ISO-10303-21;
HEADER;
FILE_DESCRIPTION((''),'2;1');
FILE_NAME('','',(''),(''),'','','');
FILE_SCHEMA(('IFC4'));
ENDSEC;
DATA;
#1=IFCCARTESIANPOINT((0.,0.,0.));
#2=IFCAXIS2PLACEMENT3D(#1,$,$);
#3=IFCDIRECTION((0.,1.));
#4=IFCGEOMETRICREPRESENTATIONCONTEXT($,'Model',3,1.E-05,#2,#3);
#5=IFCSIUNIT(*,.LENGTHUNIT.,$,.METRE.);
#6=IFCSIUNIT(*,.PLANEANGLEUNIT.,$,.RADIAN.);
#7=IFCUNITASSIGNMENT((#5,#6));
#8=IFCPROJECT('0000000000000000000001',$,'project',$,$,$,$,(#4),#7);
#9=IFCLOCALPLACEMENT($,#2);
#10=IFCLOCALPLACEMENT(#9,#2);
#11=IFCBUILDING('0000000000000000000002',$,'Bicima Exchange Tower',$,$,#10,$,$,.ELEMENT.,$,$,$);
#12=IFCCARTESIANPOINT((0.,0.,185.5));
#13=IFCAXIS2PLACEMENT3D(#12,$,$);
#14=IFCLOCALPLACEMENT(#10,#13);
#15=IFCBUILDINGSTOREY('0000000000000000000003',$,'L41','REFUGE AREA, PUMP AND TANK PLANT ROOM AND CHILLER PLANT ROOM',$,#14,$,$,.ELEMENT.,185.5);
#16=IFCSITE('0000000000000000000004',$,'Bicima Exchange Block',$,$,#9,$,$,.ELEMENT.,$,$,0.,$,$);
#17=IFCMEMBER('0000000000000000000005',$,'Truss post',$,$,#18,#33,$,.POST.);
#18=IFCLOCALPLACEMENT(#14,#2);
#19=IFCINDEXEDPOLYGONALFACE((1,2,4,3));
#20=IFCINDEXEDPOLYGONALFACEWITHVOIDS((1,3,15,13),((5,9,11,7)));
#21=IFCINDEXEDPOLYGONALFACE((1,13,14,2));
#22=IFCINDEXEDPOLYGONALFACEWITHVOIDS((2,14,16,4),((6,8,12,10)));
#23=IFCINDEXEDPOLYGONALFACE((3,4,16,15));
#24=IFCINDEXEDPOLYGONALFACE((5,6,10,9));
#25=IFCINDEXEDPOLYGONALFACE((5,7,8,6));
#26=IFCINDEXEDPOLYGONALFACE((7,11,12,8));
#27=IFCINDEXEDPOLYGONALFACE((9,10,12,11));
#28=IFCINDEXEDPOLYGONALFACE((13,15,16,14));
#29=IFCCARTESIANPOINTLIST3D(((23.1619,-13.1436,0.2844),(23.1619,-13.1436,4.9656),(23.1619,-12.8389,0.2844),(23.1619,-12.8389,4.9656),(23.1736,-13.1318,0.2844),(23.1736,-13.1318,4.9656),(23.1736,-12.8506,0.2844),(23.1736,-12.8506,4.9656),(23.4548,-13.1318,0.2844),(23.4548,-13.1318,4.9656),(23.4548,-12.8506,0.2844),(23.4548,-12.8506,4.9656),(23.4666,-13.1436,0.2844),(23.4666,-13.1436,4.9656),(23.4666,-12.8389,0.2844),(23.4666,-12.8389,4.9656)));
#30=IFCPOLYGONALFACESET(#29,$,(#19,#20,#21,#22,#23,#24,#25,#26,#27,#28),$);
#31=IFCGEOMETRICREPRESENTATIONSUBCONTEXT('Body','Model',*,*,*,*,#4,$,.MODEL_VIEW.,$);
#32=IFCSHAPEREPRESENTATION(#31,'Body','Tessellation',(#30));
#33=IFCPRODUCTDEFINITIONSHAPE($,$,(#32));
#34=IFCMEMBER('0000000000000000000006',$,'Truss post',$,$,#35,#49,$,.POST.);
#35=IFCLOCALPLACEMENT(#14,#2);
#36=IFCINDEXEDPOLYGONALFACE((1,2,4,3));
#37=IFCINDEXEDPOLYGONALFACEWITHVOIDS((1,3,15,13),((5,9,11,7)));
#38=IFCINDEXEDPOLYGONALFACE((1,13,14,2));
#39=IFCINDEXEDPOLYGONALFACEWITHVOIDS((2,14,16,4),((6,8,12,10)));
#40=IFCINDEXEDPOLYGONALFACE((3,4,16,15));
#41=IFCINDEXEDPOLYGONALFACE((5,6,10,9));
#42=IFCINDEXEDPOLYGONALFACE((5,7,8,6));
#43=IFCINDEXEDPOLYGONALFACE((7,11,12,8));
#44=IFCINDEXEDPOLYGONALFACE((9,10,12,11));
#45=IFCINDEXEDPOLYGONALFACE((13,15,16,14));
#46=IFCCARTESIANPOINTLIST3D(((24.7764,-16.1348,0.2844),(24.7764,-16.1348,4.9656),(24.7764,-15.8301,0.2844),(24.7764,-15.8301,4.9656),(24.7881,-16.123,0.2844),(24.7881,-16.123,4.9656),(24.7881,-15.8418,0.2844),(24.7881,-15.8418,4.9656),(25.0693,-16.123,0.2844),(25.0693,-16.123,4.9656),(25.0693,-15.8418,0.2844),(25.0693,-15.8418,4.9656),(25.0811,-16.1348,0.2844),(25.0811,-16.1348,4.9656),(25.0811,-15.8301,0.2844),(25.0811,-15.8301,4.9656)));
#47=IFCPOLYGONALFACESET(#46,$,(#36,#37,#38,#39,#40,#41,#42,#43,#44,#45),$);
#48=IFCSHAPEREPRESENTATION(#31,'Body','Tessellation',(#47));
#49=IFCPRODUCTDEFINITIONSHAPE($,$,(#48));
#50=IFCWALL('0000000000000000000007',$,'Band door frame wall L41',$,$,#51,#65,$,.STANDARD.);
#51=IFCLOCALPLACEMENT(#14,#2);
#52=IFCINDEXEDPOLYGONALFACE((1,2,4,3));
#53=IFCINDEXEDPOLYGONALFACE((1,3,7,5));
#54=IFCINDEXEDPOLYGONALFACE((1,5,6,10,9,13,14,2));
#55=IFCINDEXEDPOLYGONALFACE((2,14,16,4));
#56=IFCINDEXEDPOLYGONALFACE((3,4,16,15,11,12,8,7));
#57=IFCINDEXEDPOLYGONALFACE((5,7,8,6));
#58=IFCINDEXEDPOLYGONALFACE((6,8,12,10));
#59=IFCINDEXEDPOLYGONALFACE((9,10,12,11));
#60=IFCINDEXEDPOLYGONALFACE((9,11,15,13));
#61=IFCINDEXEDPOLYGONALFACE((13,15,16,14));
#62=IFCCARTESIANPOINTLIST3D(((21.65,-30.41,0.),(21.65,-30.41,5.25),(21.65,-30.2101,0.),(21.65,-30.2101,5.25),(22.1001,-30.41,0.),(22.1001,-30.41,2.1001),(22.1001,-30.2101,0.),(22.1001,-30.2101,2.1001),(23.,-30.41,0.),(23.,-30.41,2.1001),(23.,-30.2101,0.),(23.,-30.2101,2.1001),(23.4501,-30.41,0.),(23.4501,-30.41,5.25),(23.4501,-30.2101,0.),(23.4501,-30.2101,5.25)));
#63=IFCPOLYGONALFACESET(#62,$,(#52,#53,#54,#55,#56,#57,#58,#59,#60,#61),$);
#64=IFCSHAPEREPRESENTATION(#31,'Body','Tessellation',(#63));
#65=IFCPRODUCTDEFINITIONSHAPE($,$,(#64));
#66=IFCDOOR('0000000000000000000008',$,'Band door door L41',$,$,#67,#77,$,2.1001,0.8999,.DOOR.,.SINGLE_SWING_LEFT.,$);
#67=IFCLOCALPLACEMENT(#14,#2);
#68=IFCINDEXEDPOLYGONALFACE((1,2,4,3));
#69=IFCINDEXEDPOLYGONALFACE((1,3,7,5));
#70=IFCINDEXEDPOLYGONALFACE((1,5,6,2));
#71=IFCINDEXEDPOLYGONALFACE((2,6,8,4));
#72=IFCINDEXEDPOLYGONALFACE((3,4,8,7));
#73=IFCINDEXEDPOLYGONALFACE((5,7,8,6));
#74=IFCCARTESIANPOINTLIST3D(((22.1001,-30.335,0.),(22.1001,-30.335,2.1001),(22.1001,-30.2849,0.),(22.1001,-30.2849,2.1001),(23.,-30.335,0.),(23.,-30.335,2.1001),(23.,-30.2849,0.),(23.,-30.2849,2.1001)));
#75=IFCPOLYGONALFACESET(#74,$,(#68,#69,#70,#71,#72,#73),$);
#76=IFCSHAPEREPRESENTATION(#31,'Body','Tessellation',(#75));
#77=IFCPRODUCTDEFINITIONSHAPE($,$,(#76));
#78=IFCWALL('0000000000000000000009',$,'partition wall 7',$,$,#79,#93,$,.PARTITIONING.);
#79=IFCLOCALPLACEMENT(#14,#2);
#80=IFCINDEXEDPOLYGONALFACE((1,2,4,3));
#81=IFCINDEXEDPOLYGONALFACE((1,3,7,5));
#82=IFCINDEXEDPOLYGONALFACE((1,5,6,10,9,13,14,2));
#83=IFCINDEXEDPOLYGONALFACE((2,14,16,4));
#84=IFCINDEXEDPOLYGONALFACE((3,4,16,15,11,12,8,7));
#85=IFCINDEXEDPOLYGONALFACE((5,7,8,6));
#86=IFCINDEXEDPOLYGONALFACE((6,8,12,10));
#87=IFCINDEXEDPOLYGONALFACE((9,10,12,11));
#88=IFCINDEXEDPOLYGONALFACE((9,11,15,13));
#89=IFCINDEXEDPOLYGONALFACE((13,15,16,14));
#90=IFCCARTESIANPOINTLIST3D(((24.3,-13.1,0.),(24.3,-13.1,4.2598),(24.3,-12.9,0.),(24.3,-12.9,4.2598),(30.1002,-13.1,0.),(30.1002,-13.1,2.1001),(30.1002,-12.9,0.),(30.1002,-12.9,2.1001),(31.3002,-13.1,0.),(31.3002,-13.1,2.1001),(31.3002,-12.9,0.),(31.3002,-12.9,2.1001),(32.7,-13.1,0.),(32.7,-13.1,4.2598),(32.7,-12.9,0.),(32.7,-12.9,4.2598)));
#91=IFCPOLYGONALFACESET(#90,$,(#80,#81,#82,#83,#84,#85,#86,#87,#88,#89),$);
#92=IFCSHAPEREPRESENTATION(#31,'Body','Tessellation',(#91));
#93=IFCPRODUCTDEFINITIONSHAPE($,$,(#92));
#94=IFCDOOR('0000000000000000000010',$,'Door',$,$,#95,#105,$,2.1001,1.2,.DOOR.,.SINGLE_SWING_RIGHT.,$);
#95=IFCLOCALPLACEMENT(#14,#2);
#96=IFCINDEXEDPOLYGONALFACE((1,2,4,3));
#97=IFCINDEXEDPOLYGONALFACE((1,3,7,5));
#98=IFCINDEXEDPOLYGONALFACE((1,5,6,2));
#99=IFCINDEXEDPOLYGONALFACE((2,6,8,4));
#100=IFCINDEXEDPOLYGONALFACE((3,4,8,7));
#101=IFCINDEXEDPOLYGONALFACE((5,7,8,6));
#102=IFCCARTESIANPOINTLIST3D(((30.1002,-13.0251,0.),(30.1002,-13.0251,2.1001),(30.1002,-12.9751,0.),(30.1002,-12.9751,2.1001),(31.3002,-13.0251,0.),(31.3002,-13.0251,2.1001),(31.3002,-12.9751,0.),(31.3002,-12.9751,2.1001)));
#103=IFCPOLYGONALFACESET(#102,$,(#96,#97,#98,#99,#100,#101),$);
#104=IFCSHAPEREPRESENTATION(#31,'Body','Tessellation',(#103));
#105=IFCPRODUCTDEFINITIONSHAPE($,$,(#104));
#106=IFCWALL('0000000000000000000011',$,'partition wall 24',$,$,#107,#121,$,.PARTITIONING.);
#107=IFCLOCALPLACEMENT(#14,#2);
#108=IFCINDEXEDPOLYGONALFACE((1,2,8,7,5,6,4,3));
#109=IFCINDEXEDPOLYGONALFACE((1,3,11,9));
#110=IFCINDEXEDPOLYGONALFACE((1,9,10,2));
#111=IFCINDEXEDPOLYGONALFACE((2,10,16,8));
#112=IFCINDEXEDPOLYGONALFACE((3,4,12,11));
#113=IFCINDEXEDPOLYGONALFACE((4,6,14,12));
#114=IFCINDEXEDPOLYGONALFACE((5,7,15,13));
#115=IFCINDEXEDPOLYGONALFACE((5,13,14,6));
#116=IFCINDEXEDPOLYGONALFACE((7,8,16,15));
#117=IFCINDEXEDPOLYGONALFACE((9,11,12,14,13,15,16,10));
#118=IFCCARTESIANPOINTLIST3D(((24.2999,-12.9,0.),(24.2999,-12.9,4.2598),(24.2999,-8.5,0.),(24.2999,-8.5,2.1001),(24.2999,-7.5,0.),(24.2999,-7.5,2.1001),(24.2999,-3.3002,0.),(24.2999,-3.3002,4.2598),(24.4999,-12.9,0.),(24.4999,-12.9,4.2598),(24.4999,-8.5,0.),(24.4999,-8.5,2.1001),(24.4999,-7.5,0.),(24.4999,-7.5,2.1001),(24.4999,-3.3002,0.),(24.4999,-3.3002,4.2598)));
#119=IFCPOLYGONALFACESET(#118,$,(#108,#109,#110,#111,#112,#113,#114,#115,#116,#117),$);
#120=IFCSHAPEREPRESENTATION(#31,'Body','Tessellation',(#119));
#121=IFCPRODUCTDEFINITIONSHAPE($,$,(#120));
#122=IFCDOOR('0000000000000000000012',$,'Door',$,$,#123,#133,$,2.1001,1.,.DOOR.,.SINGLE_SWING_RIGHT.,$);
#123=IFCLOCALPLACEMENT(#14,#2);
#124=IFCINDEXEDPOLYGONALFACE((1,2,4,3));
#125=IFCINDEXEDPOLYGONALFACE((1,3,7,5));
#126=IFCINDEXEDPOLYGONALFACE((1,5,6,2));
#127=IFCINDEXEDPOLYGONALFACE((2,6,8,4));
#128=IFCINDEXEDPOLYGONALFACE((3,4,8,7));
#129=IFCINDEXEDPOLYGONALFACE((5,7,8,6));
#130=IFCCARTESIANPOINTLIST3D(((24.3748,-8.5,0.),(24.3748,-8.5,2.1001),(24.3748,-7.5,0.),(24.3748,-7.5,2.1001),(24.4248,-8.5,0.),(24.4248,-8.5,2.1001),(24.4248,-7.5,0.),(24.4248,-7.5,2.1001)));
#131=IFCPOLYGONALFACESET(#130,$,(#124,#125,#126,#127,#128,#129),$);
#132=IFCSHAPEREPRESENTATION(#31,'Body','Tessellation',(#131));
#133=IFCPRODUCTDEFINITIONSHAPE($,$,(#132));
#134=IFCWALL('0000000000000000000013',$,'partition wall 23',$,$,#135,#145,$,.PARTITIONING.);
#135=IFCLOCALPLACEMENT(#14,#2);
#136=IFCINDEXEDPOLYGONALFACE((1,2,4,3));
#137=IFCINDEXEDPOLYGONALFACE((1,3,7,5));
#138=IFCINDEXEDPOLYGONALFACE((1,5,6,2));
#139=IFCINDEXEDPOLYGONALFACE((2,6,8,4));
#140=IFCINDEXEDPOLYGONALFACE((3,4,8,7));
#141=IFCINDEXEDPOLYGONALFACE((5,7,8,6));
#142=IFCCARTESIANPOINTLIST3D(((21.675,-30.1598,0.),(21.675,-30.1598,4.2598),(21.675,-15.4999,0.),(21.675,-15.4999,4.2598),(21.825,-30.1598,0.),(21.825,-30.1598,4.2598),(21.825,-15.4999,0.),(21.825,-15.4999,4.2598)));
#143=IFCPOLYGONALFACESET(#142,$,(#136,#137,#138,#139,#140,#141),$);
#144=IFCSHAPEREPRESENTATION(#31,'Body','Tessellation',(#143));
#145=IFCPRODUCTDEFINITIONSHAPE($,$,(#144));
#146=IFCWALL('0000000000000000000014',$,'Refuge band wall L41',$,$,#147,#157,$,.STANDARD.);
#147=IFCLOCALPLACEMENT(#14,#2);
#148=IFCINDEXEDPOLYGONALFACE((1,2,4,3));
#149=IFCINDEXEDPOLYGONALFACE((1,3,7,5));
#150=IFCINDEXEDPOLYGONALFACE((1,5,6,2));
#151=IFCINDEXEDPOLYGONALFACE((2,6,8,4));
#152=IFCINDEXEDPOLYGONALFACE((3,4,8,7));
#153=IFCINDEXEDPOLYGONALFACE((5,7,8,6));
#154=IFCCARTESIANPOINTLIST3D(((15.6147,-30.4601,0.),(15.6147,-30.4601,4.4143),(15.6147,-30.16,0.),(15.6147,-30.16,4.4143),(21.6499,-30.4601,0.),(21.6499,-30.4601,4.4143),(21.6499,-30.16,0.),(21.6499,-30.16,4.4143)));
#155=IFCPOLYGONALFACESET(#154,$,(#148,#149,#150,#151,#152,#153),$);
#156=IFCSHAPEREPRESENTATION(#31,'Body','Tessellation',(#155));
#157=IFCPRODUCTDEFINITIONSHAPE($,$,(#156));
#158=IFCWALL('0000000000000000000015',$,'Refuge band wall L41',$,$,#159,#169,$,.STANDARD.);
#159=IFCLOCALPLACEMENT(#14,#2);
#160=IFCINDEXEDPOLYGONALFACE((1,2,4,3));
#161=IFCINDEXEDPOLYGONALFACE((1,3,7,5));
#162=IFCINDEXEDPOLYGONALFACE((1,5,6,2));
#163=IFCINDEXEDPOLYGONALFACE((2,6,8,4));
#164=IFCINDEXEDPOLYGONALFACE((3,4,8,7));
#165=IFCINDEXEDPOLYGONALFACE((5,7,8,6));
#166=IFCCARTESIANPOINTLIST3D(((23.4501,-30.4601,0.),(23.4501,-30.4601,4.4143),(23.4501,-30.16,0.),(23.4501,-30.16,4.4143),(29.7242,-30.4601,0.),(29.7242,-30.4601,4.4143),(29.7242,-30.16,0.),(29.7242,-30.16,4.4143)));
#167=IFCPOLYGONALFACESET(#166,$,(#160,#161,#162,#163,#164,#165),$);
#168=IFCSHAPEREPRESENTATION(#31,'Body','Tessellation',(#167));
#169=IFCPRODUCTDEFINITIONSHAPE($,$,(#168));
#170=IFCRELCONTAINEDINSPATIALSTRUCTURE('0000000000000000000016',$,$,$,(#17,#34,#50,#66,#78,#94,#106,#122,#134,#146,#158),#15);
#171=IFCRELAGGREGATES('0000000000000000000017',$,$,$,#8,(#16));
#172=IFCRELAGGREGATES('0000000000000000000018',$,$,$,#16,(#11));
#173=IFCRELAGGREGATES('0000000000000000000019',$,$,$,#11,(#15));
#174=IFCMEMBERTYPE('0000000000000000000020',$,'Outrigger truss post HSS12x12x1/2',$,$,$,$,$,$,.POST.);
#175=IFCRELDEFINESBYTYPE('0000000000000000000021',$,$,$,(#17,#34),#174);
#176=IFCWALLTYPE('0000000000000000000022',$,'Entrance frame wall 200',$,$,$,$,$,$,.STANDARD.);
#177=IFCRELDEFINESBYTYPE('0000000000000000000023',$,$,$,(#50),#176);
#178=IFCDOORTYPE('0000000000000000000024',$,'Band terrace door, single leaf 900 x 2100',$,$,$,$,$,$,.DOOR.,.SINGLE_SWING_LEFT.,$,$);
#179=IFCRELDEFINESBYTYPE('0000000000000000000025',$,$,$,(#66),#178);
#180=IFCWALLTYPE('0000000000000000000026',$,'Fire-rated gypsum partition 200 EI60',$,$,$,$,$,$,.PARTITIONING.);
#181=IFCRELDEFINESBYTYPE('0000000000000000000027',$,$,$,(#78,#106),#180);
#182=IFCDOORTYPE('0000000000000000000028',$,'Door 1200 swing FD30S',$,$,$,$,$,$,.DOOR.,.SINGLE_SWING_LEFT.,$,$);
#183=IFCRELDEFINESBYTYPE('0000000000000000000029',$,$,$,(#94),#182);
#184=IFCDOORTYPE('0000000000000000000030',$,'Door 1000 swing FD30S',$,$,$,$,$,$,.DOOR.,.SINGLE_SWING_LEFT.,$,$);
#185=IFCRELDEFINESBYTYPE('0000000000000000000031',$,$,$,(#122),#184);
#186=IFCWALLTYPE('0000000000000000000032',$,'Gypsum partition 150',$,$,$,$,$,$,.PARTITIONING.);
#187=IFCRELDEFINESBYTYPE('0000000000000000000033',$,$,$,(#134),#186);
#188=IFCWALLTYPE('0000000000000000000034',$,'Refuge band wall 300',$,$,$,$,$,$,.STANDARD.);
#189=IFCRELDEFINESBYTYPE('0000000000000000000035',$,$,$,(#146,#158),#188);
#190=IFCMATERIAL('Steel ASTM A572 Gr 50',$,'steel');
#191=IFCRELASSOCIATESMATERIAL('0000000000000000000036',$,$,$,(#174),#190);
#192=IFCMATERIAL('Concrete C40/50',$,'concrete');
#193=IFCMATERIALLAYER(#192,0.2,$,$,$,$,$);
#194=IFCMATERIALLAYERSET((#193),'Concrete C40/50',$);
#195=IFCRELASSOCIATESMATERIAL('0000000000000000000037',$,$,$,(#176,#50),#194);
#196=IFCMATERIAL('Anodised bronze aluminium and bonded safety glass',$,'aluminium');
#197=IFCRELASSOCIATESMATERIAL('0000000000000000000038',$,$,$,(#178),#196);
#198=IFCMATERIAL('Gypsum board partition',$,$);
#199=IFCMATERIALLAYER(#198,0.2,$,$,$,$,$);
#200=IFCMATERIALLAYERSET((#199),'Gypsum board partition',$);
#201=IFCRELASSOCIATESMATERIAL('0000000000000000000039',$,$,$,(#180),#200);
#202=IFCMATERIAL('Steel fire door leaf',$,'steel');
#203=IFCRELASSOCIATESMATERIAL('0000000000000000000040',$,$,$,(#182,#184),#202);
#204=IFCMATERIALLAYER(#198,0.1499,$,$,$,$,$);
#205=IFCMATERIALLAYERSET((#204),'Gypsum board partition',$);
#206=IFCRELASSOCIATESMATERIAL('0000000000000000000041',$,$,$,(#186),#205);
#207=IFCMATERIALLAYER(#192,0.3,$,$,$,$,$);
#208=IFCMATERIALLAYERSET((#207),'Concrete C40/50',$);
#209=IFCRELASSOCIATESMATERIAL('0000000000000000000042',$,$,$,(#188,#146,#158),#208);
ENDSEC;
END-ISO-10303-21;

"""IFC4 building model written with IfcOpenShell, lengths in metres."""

from ifc_helpers import new_model, si_unit, direction, frame, frame_2d, origin, origin_2d, place, context, subcontext, project, spatial, rectangle, hollow_rectangle, extrude, material, layer, layer_set, layer_usage, material_profile, profile_set, type_object, element, fill, save


model = new_model("IFC4")

# Units and contexts
model_context = context("Model", 3, precision=1e-05, world=origin(), true_north=direction((0.0, 1.0)))
body_context = subcontext(model_context, "Body", "Model", "MODEL_VIEW")
ifc_project = project(units=[si_unit("LENGTHUNIT", "METRE"), si_unit("PLANEANGLEUNIT", "RADIAN")], contexts=[model_context])

# Site, building, storey
site_placement = place(None, origin())
site = spatial("IfcSite", under=ifc_project, at=site_placement, Name="Bicima Exchange Block", CompositionType="ELEMENT", RefElevation=0.0)
building_placement = place(site_placement, origin())
building = spatial("IfcBuilding", under=site, at=building_placement, Name="Bicima Exchange Tower", CompositionType="ELEMENT")
storey_placement = place(building_placement, frame((0.0, 0.0, 185.5)))
storey = spatial("IfcBuildingStorey", under=building, at=storey_placement, Name="L41", Description="REFUGE AREA, PUMP AND TANK PLANT ROOM AND CHILLER PLANT ROOM", CompositionType="ELEMENT", Elevation=185.5)

# Members
ifc_material_1 = material(Name="Steel ASTM A572 Gr 50", Category="steel")
ifc_material_profile_1 = material_profile(ifc_material_1, hollow_rectangle(XDim=0.3047, YDim=0.3047, WallThickness=0.0117, at=origin_2d()))
ifc_profile_set_1 = profile_set([ifc_material_profile_1], Name="Steel ASTM A572 Gr 50")
member_type_1 = type_object("IfcMemberType", Name="Outrigger truss post HSS12x12x1/2", PredefinedType="POST", material=ifc_profile_set_1)
for number, where, z_axis, x_axis, name in (
    (1, (23.3142, -12.9912, 0.2844), (0.0, 0.0, 1.0), (1.0, 0.0, 0.0), "Truss post"),
    (2, (24.9287, -15.9824, 0.2844), (0.0, 0.0, 1.0), (1.0, 0.0, 0.0), "Truss post"),
):
    element("IfcMember", number, at=place(storey_placement, frame(where, z_axis=z_axis, x_axis=x_axis)), inside=storey, type_object=member_type_1, Name=name, PredefinedType="POST", context=body_context, shape_type="SweptSolid", body=[
        extrude(hollow_rectangle(XDim=0.3047, YDim=0.3047, WallThickness=0.0117, at=origin_2d()), origin(), (0.0, 0.0, 1.0), 4.6812),
    ])

# Walls, openings, doors
ifc_material_2 = material(Name="Concrete C40/50", Category="concrete")
ifc_layer_1 = layer(ifc_material_2, 0.2)
ifc_layer_set_1 = layer_set([ifc_layer_1], Name="Concrete C40/50")
ifc_layer_usage_1 = layer_usage(ifc_layer_set_1, "AXIS2", "POSITIVE", -0.1)
wall_type_1 = type_object("IfcWallType", Name="Entrance frame wall 200", PredefinedType="STANDARD", material=ifc_layer_set_1)
wall_1_placement = place(storey_placement, frame((23.45, -30.3101, 0.0), z_axis=(0.0, 0.0, 1.0), x_axis=(-1.0, 0.0, 0.0)))
wall_1 = element("IfcWall", 3, at=wall_1_placement, inside=storey, type_object=wall_type_1, material=ifc_layer_usage_1, Name="Band door frame wall L41", PredefinedType="STANDARD", context=body_context, shape_type="SweptSolid", body=[
    extrude(rectangle(XDim=1.8, YDim=0.2, at=frame_2d((0.8999, 0.0))), origin(), (0.0, 0.0, 1.0), 5.25),
])
opening_1_placement = place(wall_1_placement, frame((0.45, 0.0, 0.0)))
opening_1 = element("IfcOpeningElement", 4, at=opening_1_placement, cuts=wall_1, PredefinedType="OPENING", context=body_context, shape_type="SweptSolid", body=[
    extrude(rectangle(XDim=0.8999, YDim=2.1001, at=frame_2d((0.45, 1.05))), frame((0.0, 0.1118, 0.0), z_axis=(0.0, -1.0, 0.0), x_axis=(1.0, 0.0, 0.0)), (0.0, 0.0, 1.0), 0.2239),
])
ifc_material_3 = material(Name="Anodised bronze aluminium and bonded safety glass", Category="aluminium")
door_type_1 = type_object("IfcDoorType", Name="Band terrace door, single leaf 900 x 2100", OperationType="SINGLE_SWING_LEFT", PredefinedType="DOOR", material=ifc_material_3)
door_1_placement = place(opening_1_placement, origin())
door_1 = element("IfcDoor", 5, at=door_1_placement, inside=storey, type_object=door_type_1, Name="Band door door L41", OperationType="SINGLE_SWING_LEFT", OverallHeight=2.1001, OverallWidth=0.8999, PredefinedType="DOOR", context=body_context, shape_type="SweptSolid", body=[
    extrude(rectangle(XDim=0.8999, YDim=2.1001, at=frame_2d((0.45, 1.05))), frame((0.0, 0.0249, 0.0), z_axis=(0.0, -1.0, 0.0), x_axis=(1.0, 0.0, 0.0)), (0.0, 0.0, 1.0), 0.05),
])
fill(opening_1, door_1)
ifc_material_4 = material(Name="Gypsum board partition")
ifc_layer_2 = layer(ifc_material_4, 0.2)
ifc_layer_set_2 = layer_set([ifc_layer_2], Name="Gypsum board partition")
wall_type_2 = type_object("IfcWallType", Name="Fire-rated gypsum partition 200 EI60", PredefinedType="PARTITIONING", material=ifc_layer_set_2)
wall_2_placement = place(storey_placement, frame((24.3, -13.0, 0.0), z_axis=(0.0, 0.0, 1.0), x_axis=(1.0, 0.0, 0.0)))
wall_2 = element("IfcWall", 6, at=wall_2_placement, inside=storey, type_object=wall_type_2, Name="partition wall 7", PredefinedType="PARTITIONING", context=body_context, shape_type="SweptSolid", body=[
    extrude(rectangle(XDim=8.3999, YDim=0.2, at=frame_2d((4.2, 0.0))), origin(), (0.0, 0.0, 1.0), 4.2598),
])
opening_2_placement = place(wall_2_placement, frame((5.8, 0.0, 0.0)))
opening_2 = element("IfcOpeningElement", 7, at=opening_2_placement, cuts=wall_2, PredefinedType="OPENING", context=body_context, shape_type="SweptSolid", body=[
    extrude(rectangle(XDim=1.2, YDim=2.1001, at=frame_2d((0.6001, 1.05))), frame((0.0, 0.1118, 0.0), z_axis=(0.0, -1.0, 0.0), x_axis=(1.0, 0.0, 0.0)), (0.0, 0.0, 1.0), 0.2239),
])
ifc_material_5 = material(Name="Steel fire door leaf", Category="steel")
door_type_2 = type_object("IfcDoorType", Name="Door 1200 swing FD30S", OperationType="SINGLE_SWING_LEFT", PredefinedType="DOOR", material=ifc_material_5)
door_2_placement = place(opening_2_placement, origin())
door_2 = element("IfcDoor", 8, at=door_2_placement, inside=storey, type_object=door_type_2, Name="Door", OperationType="SINGLE_SWING_RIGHT", OverallHeight=2.1001, OverallWidth=1.2, PredefinedType="DOOR", context=body_context, shape_type="SweptSolid", body=[
    extrude(rectangle(XDim=1.2, YDim=2.1001, at=frame_2d((0.6001, 1.05))), frame((0.0, 0.0249, 0.0), z_axis=(0.0, -1.0, 0.0), x_axis=(1.0, 0.0, 0.0)), (0.0, 0.0, 1.0), 0.05),
])
fill(opening_2, door_2)
wall_3_placement = place(storey_placement, frame((24.3999, -12.8999, 0.0), z_axis=(0.0, 0.0, 1.0), x_axis=(0.0, 1.0, 0.0)))
wall_3 = element("IfcWall", 9, at=wall_3_placement, inside=storey, type_object=wall_type_2, Name="partition wall 24", PredefinedType="PARTITIONING", context=body_context, shape_type="SweptSolid", body=[
    extrude(rectangle(XDim=9.5999, YDim=0.2, at=frame_2d((4.7998, 0.0))), origin(), (0.0, 0.0, 1.0), 4.2598),
])
opening_3_placement = place(wall_3_placement, frame((4.3999, 0.0, 0.0)))
opening_3 = element("IfcOpeningElement", 10, at=opening_3_placement, cuts=wall_3, PredefinedType="OPENING", context=body_context, shape_type="SweptSolid", body=[
    extrude(rectangle(XDim=1.0, YDim=2.1001, at=frame_2d((0.5, 1.05))), frame((0.0, 0.1118, 0.0), z_axis=(0.0, -1.0, 0.0), x_axis=(1.0, 0.0, 0.0)), (0.0, 0.0, 1.0), 0.2239),
])
door_type_3 = type_object("IfcDoorType", Name="Door 1000 swing FD30S", OperationType="SINGLE_SWING_LEFT", PredefinedType="DOOR", material=ifc_material_5)
door_3_placement = place(opening_3_placement, frame((1.0, 0.0, 0.0), z_axis=(0.0, 0.0, 1.0), x_axis=(-1.0, 0.0, 0.0)))
door_3 = element("IfcDoor", 11, at=door_3_placement, inside=storey, type_object=door_type_3, Name="Door", OperationType="SINGLE_SWING_RIGHT", OverallHeight=2.1001, OverallWidth=1.0, PredefinedType="DOOR", context=body_context, shape_type="SweptSolid", body=[
    extrude(rectangle(XDim=1.0, YDim=2.1001, at=frame_2d((0.5, 1.05))), frame((0.0, 0.0249, 0.0), z_axis=(0.0, -1.0, 0.0), x_axis=(1.0, 0.0, 0.0)), (0.0, 0.0, 1.0), 0.05),
])
fill(opening_3, door_3)

# Walls
ifc_layer_3 = layer(ifc_material_4, 0.1499)
ifc_layer_set_3 = layer_set([ifc_layer_3], Name="Gypsum board partition")
wall_type_3 = type_object("IfcWallType", Name="Gypsum partition 150", PredefinedType="PARTITIONING", material=ifc_layer_set_3)
wall_4_placement = place(storey_placement, frame((21.75, -30.1599, 0.0), z_axis=(0.0, 0.0, 1.0), x_axis=(0.0, 1.0, 0.0)))
element("IfcWall", 12, at=wall_4_placement, inside=storey, type_object=wall_type_3, Name="partition wall 23", PredefinedType="PARTITIONING", context=body_context, shape_type="SweptSolid", body=[
    extrude(rectangle(XDim=14.6599, YDim=0.1499, at=frame_2d((7.3301, 0.0))), origin(), (0.0, 0.0, 1.0), 4.2598),
])
ifc_layer_4 = layer(ifc_material_2, 0.3)
ifc_layer_set_4 = layer_set([ifc_layer_4], Name="Concrete C40/50")
ifc_layer_usage_2 = layer_usage(ifc_layer_set_4, "AXIS2", "POSITIVE", -0.15)
wall_type_4 = type_object("IfcWallType", Name="Refuge band wall 300", PredefinedType="STANDARD", material=ifc_layer_set_4)
wall_5_placement = place(storey_placement, frame((15.6147, -30.3101, 0.0), z_axis=(0.0, 0.0, 1.0), x_axis=(1.0, 0.0, 0.0)))
element("IfcWall", 13, at=wall_5_placement, inside=storey, type_object=wall_type_4, material=ifc_layer_usage_2, Name="Refuge band wall L41", PredefinedType="STANDARD", context=body_context, shape_type="SweptSolid", body=[
    extrude(rectangle(XDim=6.0352, YDim=0.3, at=frame_2d((3.0176, 0.0))), origin(), (0.0, 0.0, 1.0), 4.4143),
])
wall_6_placement = place(storey_placement, frame((23.45, -30.3101, 0.0), z_axis=(0.0, 0.0, 1.0), x_axis=(1.0, 0.0, 0.0)))
element("IfcWall", 14, at=wall_6_placement, inside=storey, type_object=wall_type_4, material=ifc_layer_usage_2, Name="Refuge band wall L41", PredefinedType="STANDARD", context=body_context, shape_type="SweptSolid", body=[
    extrude(rectangle(XDim=6.2742, YDim=0.3, at=frame_2d((3.1372, 0.0))), origin(), (0.0, 0.0, 1.0), 4.4143),
])

save(model, "model.ifc")
